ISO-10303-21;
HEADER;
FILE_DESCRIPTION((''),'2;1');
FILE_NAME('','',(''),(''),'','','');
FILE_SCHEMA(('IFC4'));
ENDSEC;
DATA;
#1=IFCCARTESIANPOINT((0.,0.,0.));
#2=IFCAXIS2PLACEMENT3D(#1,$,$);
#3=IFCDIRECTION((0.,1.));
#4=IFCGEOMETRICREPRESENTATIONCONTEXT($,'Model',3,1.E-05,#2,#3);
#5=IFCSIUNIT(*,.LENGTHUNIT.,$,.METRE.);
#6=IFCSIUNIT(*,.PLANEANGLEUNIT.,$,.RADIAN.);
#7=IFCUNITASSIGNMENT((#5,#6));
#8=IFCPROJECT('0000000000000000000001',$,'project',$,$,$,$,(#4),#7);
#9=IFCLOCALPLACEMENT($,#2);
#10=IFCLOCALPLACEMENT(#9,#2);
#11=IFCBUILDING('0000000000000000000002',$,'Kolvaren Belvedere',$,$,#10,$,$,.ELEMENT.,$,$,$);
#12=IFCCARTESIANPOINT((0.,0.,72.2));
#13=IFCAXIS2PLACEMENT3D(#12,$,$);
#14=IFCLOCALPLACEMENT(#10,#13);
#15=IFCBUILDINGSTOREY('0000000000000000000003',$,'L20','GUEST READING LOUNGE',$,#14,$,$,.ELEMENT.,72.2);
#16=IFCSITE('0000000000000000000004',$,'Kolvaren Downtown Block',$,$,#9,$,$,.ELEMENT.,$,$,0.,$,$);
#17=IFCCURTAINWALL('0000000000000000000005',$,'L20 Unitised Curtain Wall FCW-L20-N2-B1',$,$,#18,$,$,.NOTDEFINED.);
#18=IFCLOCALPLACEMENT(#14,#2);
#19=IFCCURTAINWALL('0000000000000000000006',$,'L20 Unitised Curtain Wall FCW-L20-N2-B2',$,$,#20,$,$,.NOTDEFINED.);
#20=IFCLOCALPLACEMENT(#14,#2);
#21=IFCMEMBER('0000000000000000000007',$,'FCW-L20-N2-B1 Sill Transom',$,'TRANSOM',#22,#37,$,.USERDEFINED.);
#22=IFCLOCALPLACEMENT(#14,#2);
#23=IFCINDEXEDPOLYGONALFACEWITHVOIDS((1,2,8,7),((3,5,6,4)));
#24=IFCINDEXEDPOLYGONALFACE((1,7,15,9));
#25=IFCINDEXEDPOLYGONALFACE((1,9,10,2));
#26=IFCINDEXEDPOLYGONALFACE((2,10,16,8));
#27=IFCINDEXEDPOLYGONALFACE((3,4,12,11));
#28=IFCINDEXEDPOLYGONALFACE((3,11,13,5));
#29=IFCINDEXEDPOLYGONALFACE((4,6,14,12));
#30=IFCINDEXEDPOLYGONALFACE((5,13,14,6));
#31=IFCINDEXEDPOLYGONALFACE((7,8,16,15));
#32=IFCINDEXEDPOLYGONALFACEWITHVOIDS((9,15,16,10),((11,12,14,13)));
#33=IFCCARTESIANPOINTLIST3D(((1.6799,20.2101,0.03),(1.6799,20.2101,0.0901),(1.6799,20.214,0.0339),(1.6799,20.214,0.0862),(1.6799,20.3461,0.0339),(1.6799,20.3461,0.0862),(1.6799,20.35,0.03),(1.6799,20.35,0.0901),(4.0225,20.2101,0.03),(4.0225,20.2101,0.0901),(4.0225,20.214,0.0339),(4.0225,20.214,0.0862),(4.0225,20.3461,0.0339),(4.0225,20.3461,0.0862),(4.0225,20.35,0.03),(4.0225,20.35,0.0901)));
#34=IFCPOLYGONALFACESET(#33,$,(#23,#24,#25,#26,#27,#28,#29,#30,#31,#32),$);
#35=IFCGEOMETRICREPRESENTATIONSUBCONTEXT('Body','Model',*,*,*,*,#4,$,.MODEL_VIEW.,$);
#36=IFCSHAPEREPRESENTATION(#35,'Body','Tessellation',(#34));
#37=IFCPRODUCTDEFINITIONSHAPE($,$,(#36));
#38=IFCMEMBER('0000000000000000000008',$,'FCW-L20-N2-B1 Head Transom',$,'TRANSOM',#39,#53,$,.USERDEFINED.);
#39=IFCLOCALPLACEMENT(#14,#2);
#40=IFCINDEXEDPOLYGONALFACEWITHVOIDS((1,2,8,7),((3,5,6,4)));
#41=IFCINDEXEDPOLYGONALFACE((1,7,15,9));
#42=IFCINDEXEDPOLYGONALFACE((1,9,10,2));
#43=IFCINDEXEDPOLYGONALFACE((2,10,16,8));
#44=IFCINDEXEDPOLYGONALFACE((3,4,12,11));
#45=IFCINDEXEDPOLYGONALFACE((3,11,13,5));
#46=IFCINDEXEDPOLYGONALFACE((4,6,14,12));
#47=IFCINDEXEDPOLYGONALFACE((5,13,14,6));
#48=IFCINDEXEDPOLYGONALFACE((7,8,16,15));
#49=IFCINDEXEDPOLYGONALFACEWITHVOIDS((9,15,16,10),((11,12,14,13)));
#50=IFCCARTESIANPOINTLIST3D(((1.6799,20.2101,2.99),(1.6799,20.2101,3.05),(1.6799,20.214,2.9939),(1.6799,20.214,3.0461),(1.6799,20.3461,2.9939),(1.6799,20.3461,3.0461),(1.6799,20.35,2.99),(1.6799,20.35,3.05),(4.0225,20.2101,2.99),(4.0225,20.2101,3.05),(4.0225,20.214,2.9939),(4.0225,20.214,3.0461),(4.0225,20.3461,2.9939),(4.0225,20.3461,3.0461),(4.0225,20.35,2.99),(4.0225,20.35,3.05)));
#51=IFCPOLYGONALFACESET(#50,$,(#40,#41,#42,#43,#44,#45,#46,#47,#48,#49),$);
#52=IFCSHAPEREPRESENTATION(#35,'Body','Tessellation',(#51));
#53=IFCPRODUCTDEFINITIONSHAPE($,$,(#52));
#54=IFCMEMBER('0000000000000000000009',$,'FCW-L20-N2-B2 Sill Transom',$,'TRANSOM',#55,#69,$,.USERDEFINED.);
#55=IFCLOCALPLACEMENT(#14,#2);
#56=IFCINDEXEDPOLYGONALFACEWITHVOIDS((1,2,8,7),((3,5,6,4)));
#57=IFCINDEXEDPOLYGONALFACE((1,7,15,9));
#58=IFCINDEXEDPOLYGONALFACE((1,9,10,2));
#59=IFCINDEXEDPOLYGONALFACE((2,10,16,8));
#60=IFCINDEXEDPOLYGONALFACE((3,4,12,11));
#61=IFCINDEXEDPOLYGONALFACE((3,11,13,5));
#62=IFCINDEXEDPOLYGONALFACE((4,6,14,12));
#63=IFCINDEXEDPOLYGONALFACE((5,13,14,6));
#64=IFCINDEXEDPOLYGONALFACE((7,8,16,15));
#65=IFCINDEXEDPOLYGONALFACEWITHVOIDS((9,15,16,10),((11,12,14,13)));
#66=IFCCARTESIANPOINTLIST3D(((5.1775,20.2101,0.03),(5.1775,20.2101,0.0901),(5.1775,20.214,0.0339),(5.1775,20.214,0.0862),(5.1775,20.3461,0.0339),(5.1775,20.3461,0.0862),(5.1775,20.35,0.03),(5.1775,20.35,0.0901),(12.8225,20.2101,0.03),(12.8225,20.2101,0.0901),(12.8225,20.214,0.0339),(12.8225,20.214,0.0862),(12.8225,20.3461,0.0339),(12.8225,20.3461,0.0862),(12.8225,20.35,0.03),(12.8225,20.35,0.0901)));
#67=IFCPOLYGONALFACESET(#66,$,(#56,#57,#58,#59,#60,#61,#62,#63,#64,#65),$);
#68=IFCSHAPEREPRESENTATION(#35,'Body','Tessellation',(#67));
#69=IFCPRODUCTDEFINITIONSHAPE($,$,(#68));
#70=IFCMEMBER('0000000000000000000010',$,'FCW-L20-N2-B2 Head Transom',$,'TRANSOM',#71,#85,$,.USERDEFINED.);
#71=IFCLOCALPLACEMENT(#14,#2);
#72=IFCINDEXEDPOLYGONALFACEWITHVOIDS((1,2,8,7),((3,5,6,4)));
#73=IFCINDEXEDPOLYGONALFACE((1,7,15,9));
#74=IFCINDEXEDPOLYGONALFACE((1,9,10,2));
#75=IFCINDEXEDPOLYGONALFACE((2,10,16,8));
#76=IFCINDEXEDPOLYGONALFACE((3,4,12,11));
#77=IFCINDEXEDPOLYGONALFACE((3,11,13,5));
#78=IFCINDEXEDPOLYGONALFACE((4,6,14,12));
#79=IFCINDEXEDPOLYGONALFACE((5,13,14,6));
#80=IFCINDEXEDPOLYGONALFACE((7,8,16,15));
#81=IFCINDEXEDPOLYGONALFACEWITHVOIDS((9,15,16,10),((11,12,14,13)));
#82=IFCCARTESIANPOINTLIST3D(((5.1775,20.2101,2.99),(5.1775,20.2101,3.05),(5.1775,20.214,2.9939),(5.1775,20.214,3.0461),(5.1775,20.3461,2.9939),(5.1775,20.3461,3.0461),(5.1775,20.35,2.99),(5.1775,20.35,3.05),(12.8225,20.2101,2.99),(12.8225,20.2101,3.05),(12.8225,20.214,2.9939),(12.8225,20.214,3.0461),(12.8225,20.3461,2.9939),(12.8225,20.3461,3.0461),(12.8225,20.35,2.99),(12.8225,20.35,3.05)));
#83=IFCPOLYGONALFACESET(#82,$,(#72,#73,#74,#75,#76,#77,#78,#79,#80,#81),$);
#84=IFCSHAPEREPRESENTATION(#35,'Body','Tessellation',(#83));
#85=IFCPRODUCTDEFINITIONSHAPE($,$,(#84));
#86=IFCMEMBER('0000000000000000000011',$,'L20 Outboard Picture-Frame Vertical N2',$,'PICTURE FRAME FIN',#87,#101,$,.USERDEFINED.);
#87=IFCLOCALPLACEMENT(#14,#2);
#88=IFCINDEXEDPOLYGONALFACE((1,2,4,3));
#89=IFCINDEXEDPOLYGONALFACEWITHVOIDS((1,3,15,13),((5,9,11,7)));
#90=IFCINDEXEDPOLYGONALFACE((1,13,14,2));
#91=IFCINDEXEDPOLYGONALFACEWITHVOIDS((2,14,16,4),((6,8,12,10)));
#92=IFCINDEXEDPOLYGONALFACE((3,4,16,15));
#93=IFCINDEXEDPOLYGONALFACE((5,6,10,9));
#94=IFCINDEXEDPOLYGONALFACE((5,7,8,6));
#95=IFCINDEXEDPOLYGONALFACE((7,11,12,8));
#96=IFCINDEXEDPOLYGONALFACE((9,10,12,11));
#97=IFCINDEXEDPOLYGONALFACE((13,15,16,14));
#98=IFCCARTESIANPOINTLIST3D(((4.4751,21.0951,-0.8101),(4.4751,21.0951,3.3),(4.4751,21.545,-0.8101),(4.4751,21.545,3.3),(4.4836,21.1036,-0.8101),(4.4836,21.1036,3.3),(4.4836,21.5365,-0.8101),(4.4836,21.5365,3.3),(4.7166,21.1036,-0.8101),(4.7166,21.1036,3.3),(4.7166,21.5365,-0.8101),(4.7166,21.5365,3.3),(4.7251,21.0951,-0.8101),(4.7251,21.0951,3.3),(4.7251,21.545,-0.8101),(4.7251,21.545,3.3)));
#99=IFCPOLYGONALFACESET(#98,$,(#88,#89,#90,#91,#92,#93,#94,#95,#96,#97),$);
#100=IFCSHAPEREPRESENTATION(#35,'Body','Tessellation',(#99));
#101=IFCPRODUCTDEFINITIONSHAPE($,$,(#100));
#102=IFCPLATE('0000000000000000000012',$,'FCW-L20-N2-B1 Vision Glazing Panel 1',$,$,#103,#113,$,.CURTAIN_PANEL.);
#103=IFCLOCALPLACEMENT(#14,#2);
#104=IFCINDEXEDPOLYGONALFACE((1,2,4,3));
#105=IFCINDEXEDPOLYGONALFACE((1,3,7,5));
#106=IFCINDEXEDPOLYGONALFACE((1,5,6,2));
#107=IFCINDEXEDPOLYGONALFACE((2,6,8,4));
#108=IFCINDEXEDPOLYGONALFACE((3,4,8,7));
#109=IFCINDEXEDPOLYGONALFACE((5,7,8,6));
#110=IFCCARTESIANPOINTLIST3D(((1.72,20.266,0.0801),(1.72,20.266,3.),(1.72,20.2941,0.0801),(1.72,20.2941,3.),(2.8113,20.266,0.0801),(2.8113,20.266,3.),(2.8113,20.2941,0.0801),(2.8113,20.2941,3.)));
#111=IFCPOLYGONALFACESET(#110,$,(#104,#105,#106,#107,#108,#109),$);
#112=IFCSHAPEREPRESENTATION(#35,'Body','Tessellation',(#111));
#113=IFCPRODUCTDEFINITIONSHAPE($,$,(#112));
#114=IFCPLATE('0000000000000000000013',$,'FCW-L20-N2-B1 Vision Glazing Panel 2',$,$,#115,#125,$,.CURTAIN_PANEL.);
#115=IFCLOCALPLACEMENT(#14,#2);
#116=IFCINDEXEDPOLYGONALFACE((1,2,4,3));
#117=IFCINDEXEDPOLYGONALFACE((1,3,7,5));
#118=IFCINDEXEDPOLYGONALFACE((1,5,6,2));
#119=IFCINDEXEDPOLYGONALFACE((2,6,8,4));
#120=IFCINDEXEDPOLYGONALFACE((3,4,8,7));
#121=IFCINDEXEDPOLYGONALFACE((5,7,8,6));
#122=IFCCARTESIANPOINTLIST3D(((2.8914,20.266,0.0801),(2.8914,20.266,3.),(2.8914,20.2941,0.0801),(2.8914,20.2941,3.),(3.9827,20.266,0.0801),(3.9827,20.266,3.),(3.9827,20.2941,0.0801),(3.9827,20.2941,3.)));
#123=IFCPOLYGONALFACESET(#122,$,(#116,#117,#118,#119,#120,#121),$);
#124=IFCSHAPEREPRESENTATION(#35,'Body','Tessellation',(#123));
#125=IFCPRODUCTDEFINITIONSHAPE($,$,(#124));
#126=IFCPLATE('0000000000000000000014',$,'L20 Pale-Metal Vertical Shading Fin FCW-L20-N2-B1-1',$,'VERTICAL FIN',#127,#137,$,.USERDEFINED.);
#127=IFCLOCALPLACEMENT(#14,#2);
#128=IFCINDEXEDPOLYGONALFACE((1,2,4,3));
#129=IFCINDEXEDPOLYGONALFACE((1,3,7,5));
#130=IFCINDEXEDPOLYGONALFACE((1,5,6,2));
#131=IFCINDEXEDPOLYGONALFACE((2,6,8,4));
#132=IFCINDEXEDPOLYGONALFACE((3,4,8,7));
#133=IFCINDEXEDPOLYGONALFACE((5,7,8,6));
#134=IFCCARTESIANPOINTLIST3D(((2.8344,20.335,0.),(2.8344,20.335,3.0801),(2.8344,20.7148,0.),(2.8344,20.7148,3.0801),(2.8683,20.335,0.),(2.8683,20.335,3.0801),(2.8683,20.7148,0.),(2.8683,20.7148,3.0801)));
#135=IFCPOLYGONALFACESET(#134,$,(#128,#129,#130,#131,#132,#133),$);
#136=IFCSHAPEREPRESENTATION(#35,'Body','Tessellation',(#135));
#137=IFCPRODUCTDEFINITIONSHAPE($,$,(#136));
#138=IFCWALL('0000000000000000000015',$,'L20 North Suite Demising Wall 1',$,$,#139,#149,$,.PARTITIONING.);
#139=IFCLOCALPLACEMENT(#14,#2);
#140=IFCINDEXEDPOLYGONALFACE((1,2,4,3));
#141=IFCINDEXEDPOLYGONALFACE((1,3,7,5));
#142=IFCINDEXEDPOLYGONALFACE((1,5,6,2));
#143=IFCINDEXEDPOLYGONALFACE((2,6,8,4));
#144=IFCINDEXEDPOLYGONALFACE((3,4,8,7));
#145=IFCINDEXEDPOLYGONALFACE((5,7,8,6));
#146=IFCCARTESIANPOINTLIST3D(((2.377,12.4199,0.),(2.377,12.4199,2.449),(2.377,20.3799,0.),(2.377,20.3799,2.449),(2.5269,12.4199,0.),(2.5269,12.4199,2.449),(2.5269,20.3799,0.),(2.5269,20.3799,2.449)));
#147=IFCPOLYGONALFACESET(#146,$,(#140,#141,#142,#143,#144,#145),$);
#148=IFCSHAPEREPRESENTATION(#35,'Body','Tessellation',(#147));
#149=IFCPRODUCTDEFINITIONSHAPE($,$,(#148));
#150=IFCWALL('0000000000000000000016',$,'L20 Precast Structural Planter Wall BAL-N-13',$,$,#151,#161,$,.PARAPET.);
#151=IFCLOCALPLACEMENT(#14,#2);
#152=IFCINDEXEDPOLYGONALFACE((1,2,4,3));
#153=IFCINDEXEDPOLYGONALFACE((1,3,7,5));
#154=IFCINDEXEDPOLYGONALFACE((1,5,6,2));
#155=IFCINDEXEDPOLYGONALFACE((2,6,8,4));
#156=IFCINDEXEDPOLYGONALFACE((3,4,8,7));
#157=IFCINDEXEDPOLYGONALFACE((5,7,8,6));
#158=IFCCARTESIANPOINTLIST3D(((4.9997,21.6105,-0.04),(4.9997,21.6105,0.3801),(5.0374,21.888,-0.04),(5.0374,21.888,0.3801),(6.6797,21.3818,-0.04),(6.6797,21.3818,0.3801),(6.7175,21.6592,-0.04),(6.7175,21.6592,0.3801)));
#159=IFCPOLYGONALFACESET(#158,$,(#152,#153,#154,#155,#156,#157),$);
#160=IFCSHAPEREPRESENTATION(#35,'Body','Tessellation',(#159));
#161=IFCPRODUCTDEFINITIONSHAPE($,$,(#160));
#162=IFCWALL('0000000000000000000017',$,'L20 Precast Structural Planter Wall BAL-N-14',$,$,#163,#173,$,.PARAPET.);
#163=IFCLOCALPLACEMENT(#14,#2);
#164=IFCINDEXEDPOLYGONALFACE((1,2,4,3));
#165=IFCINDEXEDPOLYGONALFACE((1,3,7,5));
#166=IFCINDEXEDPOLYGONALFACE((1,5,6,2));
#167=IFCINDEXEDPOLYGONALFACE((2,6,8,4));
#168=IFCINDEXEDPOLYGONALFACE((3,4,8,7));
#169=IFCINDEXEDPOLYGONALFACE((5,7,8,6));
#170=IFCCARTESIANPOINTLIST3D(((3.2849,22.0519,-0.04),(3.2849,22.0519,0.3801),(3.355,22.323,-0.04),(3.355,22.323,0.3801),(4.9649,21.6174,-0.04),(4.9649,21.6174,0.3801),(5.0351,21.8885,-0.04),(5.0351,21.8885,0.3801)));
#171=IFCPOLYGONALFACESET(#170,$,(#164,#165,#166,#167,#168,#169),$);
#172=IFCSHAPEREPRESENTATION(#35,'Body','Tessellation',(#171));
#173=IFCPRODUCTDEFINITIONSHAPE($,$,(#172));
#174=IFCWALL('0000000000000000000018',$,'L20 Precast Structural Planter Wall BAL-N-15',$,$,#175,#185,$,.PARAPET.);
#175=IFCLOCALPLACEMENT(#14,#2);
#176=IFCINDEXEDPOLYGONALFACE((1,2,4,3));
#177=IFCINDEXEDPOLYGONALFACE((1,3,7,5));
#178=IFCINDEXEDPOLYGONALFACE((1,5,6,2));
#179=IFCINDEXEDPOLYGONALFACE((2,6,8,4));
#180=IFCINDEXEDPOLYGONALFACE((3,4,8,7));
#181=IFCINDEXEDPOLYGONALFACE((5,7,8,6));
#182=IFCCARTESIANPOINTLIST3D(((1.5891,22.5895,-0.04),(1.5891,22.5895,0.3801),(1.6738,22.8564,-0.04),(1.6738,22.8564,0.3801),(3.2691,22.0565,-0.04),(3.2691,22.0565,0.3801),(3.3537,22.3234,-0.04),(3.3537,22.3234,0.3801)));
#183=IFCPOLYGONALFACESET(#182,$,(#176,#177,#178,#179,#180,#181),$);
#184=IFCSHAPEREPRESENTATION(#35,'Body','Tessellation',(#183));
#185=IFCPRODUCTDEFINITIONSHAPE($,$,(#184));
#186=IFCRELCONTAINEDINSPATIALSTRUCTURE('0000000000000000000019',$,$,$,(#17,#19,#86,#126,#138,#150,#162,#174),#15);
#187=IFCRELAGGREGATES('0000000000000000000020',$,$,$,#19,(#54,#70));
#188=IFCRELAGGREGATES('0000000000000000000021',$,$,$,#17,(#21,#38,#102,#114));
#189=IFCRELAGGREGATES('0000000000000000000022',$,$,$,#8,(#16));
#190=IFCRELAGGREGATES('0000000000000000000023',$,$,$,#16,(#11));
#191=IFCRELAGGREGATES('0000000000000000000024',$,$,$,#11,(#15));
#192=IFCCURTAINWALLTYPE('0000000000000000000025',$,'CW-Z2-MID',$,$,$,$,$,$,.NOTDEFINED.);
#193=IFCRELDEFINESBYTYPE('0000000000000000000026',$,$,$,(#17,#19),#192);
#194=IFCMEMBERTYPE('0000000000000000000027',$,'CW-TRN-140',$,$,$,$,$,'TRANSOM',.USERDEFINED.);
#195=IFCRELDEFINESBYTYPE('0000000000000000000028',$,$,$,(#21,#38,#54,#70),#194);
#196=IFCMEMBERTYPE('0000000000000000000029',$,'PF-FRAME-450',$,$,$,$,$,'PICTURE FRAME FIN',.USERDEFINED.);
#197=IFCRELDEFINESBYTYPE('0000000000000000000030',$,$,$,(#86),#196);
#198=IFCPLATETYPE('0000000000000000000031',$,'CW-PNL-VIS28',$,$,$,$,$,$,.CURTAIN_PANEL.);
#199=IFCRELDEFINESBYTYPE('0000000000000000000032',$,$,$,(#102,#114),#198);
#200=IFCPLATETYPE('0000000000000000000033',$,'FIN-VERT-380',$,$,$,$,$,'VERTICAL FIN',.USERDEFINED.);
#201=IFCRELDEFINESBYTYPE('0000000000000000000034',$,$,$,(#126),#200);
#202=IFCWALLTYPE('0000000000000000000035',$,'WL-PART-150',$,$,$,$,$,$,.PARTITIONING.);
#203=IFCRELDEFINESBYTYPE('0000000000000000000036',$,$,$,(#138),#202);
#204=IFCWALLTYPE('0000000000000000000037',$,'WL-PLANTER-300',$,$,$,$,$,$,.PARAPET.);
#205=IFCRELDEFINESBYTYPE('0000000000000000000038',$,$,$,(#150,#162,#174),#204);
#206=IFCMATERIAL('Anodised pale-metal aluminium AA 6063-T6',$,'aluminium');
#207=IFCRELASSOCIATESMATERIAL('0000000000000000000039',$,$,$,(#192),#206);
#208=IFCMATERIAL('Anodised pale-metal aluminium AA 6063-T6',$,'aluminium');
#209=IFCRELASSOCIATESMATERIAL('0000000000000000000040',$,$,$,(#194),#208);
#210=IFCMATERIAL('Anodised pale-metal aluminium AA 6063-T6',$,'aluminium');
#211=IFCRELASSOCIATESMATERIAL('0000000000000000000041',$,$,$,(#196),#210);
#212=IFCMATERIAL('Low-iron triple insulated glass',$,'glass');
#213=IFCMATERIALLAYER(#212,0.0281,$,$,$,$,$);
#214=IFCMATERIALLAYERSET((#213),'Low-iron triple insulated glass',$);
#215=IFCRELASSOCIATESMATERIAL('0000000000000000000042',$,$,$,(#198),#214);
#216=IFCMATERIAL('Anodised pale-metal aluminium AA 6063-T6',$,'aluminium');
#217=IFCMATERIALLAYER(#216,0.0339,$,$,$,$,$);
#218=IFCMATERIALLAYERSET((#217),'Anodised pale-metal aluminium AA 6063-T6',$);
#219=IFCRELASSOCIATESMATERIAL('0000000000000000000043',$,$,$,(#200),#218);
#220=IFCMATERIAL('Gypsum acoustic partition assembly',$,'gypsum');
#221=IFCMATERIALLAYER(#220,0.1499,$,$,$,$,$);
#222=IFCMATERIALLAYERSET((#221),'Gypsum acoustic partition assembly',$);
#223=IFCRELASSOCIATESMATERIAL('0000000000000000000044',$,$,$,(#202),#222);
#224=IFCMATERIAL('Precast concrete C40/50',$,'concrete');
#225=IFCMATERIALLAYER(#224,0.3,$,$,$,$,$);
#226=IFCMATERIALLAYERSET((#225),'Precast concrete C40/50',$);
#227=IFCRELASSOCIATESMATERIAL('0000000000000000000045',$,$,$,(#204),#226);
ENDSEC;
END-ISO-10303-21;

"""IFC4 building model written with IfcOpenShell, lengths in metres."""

from ifc_helpers import new_model, si_unit, direction, frame, frame_2d, origin, origin_2d, place, context, subcontext, project, spatial, rectangle, hollow_rectangle, extrude, material, layer, layer_set, material_profile, profile_set, type_object, element, aggregate, save


model = new_model("IFC4")

# Units and contexts
model_context = context("Model", 3, precision=1e-05, world=origin(), true_north=direction((0.0, 1.0)))
body_context = subcontext(model_context, "Body", "Model", "MODEL_VIEW")
ifc_project = project(units=[si_unit("LENGTHUNIT", "METRE"), si_unit("PLANEANGLEUNIT", "RADIAN")], contexts=[model_context])

# Site, building, storey
site_placement = place(None, origin())
site = spatial("IfcSite", under=ifc_project, at=site_placement, Name="Kolvaren Downtown Block", CompositionType="ELEMENT", RefElevation=0.0)
building_placement = place(site_placement, origin())
building = spatial("IfcBuilding", under=site, at=building_placement, Name="Kolvaren Belvedere", CompositionType="ELEMENT")
storey_placement = place(building_placement, frame((0.0, 0.0, 72.2)))
storey = spatial("IfcBuildingStorey", under=building, at=storey_placement, Name="L20", Description="GUEST READING LOUNGE", CompositionType="ELEMENT", Elevation=72.2)

# Curtain wall
ifc_material_1 = material(Name="Anodised pale-metal aluminium AA 6063-T6", Category="aluminium")
curtain_wall_type = type_object("IfcCurtainWallType", Name="CW-Z2-MID", PredefinedType="NOTDEFINED", material=ifc_material_1)
curtain_wall_1_placement = place(storey_placement, origin())
curtain_wall_1 = element("IfcCurtainWall", 1, at=curtain_wall_1_placement, inside=storey, type_object=curtain_wall_type, Name="L20 Unitised Curtain Wall FCW-L20-N2-B1", PredefinedType="NOTDEFINED")

# Curtain wall
curtain_wall_2_placement = place(storey_placement, origin())
curtain_wall_2 = element("IfcCurtainWall", 2, at=curtain_wall_2_placement, inside=storey, type_object=curtain_wall_type, Name="L20 Unitised Curtain Wall FCW-L20-N2-B2", PredefinedType="NOTDEFINED")

# Members
ifc_material_2 = material(Name="Anodised pale-metal aluminium AA 6063-T6", Category="aluminium")
ifc_material_profile_1 = material_profile(ifc_material_2, hollow_rectangle(XDim=0.0601, YDim=0.1399, WallThickness=0.0039, at=origin_2d()), Name="ALU-TRN-140X60")
ifc_profile_set_1 = profile_set([ifc_material_profile_1], Name="Anodised pale-metal aluminium AA 6063-T6")
member_type_1 = type_object("IfcMemberType", Name="CW-TRN-140", ElementType="TRANSOM", PredefinedType="USERDEFINED", material=ifc_profile_set_1)
member_1_placement = place(storey_placement, frame((1.6799, 20.28, 0.0601), z_axis=(1.0, 0.0, 0.0), x_axis=(0.0, 0.0, 1.0)))
member_1 = element("IfcMember", 3, at=member_1_placement, type_object=member_type_1, Name="FCW-L20-N2-B1 Sill Transom", ObjectType="TRANSOM", PredefinedType="USERDEFINED", context=body_context, shape_type="SweptSolid", body=[
    extrude(hollow_rectangle(XDim=0.0601, YDim=0.1399, WallThickness=0.0039, at=origin_2d()), origin(), (0.0, 0.0, 1.0), 2.3425),
])
member_2_placement = place(storey_placement, frame((1.6799, 20.28, 3.02), z_axis=(1.0, 0.0, 0.0), x_axis=(0.0, 0.0, 1.0)))
member_2 = element("IfcMember", 4, at=member_2_placement, type_object=member_type_1, Name="FCW-L20-N2-B1 Head Transom", ObjectType="TRANSOM", PredefinedType="USERDEFINED", context=body_context, shape_type="SweptSolid", body=[
    extrude(hollow_rectangle(XDim=0.0601, YDim=0.1399, WallThickness=0.0039, at=origin_2d()), origin(), (0.0, 0.0, 1.0), 2.3425),
])
member_3_placement = place(storey_placement, frame((5.1775, 20.28, 0.0601), z_axis=(1.0, 0.0, 0.0), x_axis=(0.0, 0.0, 1.0)))
member_3 = element("IfcMember", 5, at=member_3_placement, type_object=member_type_1, Name="FCW-L20-N2-B2 Sill Transom", ObjectType="TRANSOM", PredefinedType="USERDEFINED", context=body_context, shape_type="SweptSolid", body=[
    extrude(hollow_rectangle(XDim=0.0601, YDim=0.1399, WallThickness=0.0039, at=origin_2d()), origin(), (0.0, 0.0, 1.0), 7.645),
])
member_4_placement = place(storey_placement, frame((5.1775, 20.28, 3.02), z_axis=(1.0, 0.0, 0.0), x_axis=(0.0, 0.0, 1.0)))
member_4 = element("IfcMember", 6, at=member_4_placement, type_object=member_type_1, Name="FCW-L20-N2-B2 Head Transom", ObjectType="TRANSOM", PredefinedType="USERDEFINED", context=body_context, shape_type="SweptSolid", body=[
    extrude(hollow_rectangle(XDim=0.0601, YDim=0.1399, WallThickness=0.0039, at=origin_2d()), origin(), (0.0, 0.0, 1.0), 7.645),
])
aggregate(curtain_wall_2, [member_3, member_4])
ifc_material_3 = material(Name="Anodised pale-metal aluminium AA 6063-T6", Category="aluminium")
ifc_material_profile_2 = material_profile(ifc_material_3, hollow_rectangle(XDim=0.25, YDim=0.45, WallThickness=0.0085, at=origin_2d()), Name="ALU-PF-450X250")
ifc_profile_set_2 = profile_set([ifc_material_profile_2], Name="Anodised pale-metal aluminium AA 6063-T6")
member_type_2 = type_object("IfcMemberType", Name="PF-FRAME-450", ElementType="PICTURE FRAME FIN", PredefinedType="USERDEFINED", material=ifc_profile_set_2)
member_5_placement = place(storey_placement, frame((4.6001, 21.3201, -0.8101), z_axis=(0.0, 0.0, 1.0), x_axis=(1.0, 0.0, 0.0)))
element("IfcMember", 7, at=member_5_placement, inside=storey, type_object=member_type_2, Name="L20 Outboard Picture-Frame Vertical N2", ObjectType="PICTURE FRAME FIN", PredefinedType="USERDEFINED", context=body_context, shape_type="SweptSolid", body=[
    extrude(hollow_rectangle(XDim=0.25, YDim=0.45, WallThickness=0.0085, at=origin_2d()), origin(), (0.0, 0.0, 1.0), 4.1101),
])

# Plates
ifc_material_4 = material(Name="Low-iron triple insulated glass", Category="glass")
ifc_layer_1 = layer(ifc_material_4, 0.0281)
ifc_layer_set_1 = layer_set([ifc_layer_1], Name="Low-iron triple insulated glass")
plate_type_1 = type_object("IfcPlateType", Name="CW-PNL-VIS28", PredefinedType="CURTAIN_PANEL", material=ifc_layer_set_1)
plate_1_placement = place(storey_placement, frame((2.2656, 20.28, 0.0801), z_axis=(0.0, 0.0, 1.0), x_axis=(1.0, 0.0, 0.0)))
plate_1 = element("IfcPlate", 8, at=plate_1_placement, type_object=plate_type_1, Name="FCW-L20-N2-B1 Vision Glazing Panel 1", PredefinedType="CURTAIN_PANEL", context=body_context, shape_type="SweptSolid", body=[
    extrude(rectangle(XDim=1.0913, YDim=0.0281, at=origin_2d()), origin(), (0.0, 0.0, 1.0), 2.9199),
])
plate_2_placement = place(storey_placement, frame((3.437, 20.28, 0.0801), z_axis=(0.0, 0.0, 1.0), x_axis=(1.0, 0.0, 0.0)))
plate_2 = element("IfcPlate", 9, at=plate_2_placement, type_object=plate_type_1, Name="FCW-L20-N2-B1 Vision Glazing Panel 2", PredefinedType="CURTAIN_PANEL", context=body_context, shape_type="SweptSolid", body=[
    extrude(rectangle(XDim=1.0913, YDim=0.0281, at=origin_2d()), origin(), (0.0, 0.0, 1.0), 2.9199),
])
aggregate(curtain_wall_1, [member_1, member_2, plate_1, plate_2])
ifc_material_5 = material(Name="Anodised pale-metal aluminium AA 6063-T6", Category="aluminium")
ifc_layer_2 = layer(ifc_material_5, 0.0339)
ifc_layer_set_2 = layer_set([ifc_layer_2], Name="Anodised pale-metal aluminium AA 6063-T6")
plate_type_2 = type_object("IfcPlateType", Name="FIN-VERT-380", ElementType="VERTICAL FIN", PredefinedType="USERDEFINED", material=ifc_layer_set_2)
plate_3_placement = place(storey_placement, frame((2.8513, 20.5249, 0.0), z_axis=(0.0, 0.0, 1.0), x_axis=(0.0, 1.0, 0.0)))
element("IfcPlate", 10, at=plate_3_placement, inside=storey, type_object=plate_type_2, Name="L20 Pale-Metal Vertical Shading Fin FCW-L20-N2-B1-1", ObjectType="VERTICAL FIN", PredefinedType="USERDEFINED", context=body_context, shape_type="SweptSolid", body=[
    extrude(rectangle(XDim=0.3799, YDim=0.0339, at=origin_2d()), origin(), (0.0, 0.0, 1.0), 3.0801),
])

# Walls
ifc_material_6 = material(Name="Gypsum acoustic partition assembly", Category="gypsum")
ifc_layer_3 = layer(ifc_material_6, 0.1499)
ifc_layer_set_3 = layer_set([ifc_layer_3], Name="Gypsum acoustic partition assembly")
wall_type_1 = type_object("IfcWallType", Name="WL-PART-150", PredefinedType="PARTITIONING", material=ifc_layer_set_3)
wall_1_placement = place(storey_placement, frame((2.4519, 12.4199, 0.0), z_axis=(0.0, 0.0, 1.0), x_axis=(0.0, 1.0, 0.0)))
element("IfcWall", 11, at=wall_1_placement, inside=storey, type_object=wall_type_1, Name="L20 North Suite Demising Wall 1", PredefinedType="PARTITIONING", context=body_context, shape_type="SweptSolid", body=[
    extrude(rectangle(XDim=7.96, YDim=0.1499, at=frame_2d((3.98, 0.0))), origin(), (0.0, 0.0, 1.0), 2.449),
])
ifc_material_7 = material(Name="Precast concrete C40/50", Category="concrete")
ifc_layer_4 = layer(ifc_material_7, 0.3)
ifc_layer_set_4 = layer_set([ifc_layer_4], Name="Precast concrete C40/50")
wall_type_2 = type_object("IfcWallType", Name="WL-PLANTER-300", PredefinedType="PARAPET", material=ifc_layer_set_4)
wall_2_placement = place(storey_placement, frame((6.6985, 21.5205, -0.04), z_axis=(0.0, 0.0, 1.0), x_axis=(-0.990858, 0.134908, 0.0)))
element("IfcWall", 12, at=wall_2_placement, inside=storey, type_object=wall_type_2, Name="L20 Precast Structural Planter Wall BAL-N-13", PredefinedType="PARAPET", context=body_context, shape_type="SweptSolid", body=[
    extrude(rectangle(XDim=1.6956, YDim=0.28, at=frame_2d((0.8477, 0.0))), origin(), (0.0, 0.0, 1.0), 0.4202),
])
wall_3_placement = place(storey_placement, frame((5.0, 21.7529, -0.04), z_axis=(0.0, 0.0, 1.0), x_axis=(-0.968141, 0.250406, 0.0)))
element("IfcWall", 13, at=wall_3_placement, inside=storey, type_object=wall_type_2, Name="L20 Precast Structural Planter Wall BAL-N-14", PredefinedType="PARAPET", context=body_context, shape_type="SweptSolid", body=[
    extrude(rectangle(XDim=1.7354, YDim=0.28, at=frame_2d((0.8677, 0.0))), origin(), (0.0, 0.0, 1.0), 0.4202),
])
wall_4_placement = place(storey_placement, frame((3.3115, 22.1899, -0.04), z_axis=(0.0, 0.0, 1.0), x_axis=(-0.953182, 0.302397, 0.0)))
element("IfcWall", 14, at=wall_4_placement, inside=storey, type_object=wall_type_2, Name="L20 Precast Structural Planter Wall BAL-N-15", PredefinedType="PARAPET", context=body_context, shape_type="SweptSolid", body=[
    extrude(rectangle(XDim=1.7625, YDim=0.28, at=frame_2d((0.8813, 0.0))), origin(), (0.0, 0.0, 1.0), 0.4202),
])

save(model, "model.ifc")
